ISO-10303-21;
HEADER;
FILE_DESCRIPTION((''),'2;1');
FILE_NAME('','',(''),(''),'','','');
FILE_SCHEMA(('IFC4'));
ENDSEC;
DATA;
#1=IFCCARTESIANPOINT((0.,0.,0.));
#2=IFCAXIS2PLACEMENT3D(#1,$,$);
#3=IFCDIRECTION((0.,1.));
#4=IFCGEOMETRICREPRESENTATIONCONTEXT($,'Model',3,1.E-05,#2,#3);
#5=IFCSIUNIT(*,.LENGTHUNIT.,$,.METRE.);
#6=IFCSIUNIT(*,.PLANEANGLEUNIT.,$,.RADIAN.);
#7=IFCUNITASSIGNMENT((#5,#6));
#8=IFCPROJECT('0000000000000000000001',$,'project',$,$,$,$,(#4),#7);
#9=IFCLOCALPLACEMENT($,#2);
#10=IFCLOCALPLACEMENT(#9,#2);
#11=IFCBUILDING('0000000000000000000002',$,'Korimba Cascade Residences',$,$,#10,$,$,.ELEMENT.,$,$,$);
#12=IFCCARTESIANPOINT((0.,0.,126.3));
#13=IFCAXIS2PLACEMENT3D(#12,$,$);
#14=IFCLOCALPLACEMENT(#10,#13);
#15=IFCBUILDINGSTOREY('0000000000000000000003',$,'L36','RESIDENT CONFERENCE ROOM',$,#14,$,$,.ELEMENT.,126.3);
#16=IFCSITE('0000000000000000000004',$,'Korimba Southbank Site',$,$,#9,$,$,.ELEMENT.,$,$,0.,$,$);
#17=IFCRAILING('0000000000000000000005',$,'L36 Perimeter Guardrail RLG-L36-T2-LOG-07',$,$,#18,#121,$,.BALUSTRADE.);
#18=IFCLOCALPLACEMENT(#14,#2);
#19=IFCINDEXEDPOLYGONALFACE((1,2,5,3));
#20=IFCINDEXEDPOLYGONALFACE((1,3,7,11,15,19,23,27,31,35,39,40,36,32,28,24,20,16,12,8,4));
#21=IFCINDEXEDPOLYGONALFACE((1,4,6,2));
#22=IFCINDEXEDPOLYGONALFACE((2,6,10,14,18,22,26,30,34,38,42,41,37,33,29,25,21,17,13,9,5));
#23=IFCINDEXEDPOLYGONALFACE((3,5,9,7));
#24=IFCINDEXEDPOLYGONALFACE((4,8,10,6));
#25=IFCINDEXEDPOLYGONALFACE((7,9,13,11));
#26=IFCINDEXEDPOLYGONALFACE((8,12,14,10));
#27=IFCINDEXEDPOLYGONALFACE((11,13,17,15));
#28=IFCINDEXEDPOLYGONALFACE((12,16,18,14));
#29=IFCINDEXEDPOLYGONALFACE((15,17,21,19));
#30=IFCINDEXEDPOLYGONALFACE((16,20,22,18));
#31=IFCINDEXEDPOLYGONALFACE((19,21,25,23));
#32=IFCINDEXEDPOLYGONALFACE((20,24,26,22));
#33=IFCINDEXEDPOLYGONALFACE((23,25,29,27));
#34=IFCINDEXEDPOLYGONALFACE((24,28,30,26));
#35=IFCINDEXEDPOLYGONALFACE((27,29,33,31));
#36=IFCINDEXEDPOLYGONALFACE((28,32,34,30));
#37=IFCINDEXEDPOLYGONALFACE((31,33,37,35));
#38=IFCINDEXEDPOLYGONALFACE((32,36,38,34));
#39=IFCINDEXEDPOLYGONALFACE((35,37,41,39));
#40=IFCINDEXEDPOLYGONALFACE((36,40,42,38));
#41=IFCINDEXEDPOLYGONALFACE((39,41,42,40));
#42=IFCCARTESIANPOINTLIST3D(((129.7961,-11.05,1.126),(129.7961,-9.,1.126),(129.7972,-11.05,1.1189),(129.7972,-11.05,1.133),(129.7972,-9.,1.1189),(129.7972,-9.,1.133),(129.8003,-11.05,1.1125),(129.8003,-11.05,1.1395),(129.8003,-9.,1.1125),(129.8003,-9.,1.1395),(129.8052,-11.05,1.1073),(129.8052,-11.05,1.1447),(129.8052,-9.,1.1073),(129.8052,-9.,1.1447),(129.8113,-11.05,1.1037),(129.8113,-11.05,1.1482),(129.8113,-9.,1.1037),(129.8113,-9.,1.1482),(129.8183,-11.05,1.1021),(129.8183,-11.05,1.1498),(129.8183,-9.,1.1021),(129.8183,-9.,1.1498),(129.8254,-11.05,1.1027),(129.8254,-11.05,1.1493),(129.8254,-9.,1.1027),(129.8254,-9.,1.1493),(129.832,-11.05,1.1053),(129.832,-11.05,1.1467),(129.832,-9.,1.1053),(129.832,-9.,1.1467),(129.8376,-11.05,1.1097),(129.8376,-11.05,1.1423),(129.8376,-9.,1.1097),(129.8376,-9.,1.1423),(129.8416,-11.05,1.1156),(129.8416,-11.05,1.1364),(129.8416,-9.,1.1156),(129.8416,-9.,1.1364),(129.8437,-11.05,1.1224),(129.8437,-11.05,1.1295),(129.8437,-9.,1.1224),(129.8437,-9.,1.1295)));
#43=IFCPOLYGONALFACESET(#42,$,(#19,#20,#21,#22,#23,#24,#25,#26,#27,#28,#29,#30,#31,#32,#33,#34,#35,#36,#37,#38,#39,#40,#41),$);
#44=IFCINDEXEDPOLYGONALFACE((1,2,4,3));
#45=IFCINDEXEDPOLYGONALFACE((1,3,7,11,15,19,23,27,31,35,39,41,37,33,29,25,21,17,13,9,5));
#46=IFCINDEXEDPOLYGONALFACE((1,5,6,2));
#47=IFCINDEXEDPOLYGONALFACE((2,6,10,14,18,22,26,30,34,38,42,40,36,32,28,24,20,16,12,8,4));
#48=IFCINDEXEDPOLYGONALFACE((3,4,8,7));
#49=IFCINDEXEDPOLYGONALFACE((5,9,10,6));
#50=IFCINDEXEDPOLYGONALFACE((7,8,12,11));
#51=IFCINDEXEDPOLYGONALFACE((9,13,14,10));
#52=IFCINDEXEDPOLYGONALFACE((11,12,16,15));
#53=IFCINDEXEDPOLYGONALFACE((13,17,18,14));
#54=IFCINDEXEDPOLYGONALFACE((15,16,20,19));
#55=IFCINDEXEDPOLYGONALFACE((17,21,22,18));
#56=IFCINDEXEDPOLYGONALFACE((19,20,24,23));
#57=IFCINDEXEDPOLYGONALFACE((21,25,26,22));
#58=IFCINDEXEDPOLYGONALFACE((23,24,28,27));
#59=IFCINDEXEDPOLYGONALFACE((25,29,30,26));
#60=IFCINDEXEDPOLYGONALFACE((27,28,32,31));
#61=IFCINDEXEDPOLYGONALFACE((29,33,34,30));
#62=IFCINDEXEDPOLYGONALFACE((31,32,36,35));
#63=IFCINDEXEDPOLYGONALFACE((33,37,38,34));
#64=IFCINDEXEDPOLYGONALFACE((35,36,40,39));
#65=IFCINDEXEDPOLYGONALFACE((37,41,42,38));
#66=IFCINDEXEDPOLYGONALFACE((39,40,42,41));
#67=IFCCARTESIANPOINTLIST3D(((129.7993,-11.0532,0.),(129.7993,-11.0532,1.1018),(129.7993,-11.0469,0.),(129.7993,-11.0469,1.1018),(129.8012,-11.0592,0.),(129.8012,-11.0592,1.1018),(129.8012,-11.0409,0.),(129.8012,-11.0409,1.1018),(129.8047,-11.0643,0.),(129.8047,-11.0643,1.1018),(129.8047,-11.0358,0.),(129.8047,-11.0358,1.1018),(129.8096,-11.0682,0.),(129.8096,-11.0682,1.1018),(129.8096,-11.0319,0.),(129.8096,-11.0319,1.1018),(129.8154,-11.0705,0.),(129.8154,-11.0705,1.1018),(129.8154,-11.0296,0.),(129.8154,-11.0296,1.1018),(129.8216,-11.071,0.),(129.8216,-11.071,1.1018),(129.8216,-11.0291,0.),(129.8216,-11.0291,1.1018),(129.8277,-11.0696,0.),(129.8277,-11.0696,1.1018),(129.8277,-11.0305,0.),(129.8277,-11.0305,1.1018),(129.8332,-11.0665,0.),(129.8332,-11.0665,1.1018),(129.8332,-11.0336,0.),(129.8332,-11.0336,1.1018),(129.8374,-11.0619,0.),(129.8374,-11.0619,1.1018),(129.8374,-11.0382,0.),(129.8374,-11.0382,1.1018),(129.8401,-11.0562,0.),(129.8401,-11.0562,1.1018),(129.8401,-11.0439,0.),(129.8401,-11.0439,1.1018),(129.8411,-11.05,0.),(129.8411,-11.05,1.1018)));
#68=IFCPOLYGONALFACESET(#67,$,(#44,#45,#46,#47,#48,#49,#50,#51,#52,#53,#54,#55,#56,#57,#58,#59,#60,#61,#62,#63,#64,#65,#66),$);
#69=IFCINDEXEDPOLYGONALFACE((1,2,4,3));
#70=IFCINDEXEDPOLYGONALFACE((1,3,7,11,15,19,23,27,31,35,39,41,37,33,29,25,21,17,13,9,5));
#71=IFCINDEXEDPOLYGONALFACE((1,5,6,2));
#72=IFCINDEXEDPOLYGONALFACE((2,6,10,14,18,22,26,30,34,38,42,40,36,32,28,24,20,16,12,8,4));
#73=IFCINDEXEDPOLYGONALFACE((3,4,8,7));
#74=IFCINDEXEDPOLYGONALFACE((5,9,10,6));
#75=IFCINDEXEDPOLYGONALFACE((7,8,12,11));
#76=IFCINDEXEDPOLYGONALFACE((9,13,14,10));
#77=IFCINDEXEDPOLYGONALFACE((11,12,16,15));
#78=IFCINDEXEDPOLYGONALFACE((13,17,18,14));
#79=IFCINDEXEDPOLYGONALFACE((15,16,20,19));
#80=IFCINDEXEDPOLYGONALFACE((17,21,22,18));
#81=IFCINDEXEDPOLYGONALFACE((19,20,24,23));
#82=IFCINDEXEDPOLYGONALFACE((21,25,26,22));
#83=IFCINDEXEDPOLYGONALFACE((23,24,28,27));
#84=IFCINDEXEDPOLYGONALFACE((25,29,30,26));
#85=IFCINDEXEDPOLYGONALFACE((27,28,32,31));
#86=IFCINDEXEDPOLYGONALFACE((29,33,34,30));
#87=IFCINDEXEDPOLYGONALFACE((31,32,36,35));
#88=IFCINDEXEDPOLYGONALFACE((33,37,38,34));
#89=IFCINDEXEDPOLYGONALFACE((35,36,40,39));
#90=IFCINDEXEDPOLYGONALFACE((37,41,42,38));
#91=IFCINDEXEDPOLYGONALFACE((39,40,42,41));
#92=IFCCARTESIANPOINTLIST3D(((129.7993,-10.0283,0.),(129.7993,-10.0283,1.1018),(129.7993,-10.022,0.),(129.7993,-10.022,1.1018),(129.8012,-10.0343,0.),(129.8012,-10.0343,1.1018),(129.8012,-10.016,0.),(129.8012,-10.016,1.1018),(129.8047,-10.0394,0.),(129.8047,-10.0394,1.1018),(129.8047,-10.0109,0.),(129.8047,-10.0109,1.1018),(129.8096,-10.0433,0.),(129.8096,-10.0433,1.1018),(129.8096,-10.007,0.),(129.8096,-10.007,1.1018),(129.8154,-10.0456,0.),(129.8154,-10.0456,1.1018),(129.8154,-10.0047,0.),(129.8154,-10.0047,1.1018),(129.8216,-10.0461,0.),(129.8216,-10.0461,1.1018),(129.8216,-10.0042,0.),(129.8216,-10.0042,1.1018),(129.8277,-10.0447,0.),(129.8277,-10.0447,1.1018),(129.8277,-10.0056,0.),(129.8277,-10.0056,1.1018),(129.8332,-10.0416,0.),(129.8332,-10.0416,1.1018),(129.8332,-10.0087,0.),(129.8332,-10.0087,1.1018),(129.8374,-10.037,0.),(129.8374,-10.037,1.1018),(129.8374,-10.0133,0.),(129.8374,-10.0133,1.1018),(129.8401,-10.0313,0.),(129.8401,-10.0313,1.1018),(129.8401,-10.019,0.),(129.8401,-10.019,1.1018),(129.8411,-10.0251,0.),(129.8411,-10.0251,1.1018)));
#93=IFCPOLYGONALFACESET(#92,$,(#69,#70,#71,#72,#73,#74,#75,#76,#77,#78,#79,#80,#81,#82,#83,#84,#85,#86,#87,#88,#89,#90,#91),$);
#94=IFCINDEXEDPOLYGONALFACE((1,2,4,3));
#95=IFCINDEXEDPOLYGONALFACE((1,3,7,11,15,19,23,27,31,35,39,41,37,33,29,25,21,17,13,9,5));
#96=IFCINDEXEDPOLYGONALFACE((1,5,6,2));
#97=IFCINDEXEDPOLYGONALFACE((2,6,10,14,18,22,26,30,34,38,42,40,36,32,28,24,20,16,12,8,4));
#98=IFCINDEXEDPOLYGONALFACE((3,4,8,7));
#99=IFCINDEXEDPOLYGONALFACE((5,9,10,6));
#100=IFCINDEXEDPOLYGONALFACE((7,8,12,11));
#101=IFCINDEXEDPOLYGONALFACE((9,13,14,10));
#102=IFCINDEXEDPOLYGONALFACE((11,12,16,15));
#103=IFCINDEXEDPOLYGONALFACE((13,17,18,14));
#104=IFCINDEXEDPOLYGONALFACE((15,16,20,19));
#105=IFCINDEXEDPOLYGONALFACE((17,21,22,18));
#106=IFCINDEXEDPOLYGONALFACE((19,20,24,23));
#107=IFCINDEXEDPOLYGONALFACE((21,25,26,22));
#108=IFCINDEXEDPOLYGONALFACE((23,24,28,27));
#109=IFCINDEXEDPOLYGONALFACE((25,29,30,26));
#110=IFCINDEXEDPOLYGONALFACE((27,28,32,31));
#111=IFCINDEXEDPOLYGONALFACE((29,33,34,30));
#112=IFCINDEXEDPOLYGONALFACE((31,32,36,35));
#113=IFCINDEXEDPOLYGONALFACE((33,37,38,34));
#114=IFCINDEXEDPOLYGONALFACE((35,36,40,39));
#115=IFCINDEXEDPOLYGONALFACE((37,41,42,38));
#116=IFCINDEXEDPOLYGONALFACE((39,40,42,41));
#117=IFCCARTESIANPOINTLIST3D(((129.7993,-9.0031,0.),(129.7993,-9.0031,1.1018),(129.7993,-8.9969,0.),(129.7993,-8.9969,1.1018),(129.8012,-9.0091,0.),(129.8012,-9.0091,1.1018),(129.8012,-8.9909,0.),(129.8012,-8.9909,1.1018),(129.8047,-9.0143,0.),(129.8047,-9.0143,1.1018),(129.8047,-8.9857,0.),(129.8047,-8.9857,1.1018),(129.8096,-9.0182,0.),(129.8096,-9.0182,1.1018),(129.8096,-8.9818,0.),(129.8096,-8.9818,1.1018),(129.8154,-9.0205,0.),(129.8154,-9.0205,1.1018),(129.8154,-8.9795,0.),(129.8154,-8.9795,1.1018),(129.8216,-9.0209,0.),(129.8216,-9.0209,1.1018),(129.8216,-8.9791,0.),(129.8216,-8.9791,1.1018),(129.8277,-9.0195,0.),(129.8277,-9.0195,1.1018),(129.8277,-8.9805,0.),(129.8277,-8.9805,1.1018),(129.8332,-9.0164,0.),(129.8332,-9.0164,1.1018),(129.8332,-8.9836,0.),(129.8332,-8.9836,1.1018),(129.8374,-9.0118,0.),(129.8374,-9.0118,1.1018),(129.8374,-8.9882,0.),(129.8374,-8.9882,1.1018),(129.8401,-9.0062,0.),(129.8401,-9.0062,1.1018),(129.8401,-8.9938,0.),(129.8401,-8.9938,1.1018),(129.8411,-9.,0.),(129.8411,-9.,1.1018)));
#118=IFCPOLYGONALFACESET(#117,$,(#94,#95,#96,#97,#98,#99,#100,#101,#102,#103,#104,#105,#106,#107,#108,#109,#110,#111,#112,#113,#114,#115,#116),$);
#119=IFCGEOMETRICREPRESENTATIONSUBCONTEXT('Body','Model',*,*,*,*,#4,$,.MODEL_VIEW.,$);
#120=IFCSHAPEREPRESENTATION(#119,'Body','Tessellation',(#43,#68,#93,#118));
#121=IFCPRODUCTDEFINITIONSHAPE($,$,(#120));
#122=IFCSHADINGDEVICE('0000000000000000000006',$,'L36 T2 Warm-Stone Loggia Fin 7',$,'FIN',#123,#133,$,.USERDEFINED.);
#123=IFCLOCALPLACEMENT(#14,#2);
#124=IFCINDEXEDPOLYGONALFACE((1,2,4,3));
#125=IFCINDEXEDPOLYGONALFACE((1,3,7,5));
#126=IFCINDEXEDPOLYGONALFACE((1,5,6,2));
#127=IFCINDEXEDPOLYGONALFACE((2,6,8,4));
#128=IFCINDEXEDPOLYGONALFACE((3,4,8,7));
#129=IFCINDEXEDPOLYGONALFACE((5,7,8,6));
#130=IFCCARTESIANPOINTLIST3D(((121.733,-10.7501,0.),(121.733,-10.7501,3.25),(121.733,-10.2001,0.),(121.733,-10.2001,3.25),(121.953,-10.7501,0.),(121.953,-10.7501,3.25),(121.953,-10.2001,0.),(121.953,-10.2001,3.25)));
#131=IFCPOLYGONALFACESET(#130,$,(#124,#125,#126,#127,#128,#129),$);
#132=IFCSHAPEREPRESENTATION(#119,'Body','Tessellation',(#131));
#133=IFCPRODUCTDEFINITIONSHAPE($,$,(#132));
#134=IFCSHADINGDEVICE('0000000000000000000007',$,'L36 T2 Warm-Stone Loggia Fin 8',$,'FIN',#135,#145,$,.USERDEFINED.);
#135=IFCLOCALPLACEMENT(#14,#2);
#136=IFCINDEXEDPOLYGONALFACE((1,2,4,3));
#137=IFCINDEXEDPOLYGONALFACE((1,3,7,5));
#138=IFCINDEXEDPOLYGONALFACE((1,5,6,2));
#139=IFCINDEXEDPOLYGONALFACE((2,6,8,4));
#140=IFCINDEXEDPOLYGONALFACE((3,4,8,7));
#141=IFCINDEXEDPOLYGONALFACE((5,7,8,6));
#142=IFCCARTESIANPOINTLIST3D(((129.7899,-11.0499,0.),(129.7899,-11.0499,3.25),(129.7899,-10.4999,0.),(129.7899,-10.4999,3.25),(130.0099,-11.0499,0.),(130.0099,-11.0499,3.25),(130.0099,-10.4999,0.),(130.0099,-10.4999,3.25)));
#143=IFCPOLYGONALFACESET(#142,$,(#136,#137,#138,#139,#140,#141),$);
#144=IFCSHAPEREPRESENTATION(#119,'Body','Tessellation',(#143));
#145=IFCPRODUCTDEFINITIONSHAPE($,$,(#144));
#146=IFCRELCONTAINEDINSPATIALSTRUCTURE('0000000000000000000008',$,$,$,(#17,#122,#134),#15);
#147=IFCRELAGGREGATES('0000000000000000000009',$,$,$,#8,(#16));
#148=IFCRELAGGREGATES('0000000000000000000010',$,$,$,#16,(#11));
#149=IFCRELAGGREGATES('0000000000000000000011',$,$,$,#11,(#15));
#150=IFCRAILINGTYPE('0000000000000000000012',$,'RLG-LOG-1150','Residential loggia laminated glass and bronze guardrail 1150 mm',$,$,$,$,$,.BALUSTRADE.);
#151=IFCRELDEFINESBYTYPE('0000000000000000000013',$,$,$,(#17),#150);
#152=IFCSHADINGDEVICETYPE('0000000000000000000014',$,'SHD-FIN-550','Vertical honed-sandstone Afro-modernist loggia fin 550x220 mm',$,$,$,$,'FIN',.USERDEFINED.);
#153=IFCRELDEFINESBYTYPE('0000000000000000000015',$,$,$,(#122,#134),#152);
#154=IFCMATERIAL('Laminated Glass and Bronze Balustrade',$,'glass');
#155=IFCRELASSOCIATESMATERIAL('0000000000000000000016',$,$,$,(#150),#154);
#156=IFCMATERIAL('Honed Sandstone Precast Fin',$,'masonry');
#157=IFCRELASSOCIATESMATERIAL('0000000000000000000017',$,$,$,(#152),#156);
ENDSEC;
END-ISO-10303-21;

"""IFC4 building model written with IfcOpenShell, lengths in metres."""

from ifc_helpers import new_model, si_unit, direction, frame, origin, origin_2d, place, context, subcontext, project, spatial, rectangle, circle, extrude, material, type_object, element, save


model = new_model("IFC4")

# Units and contexts
model_context = context("Model", 3, precision=1e-05, world=origin(), true_north=direction((0.0, 1.0)))
body_context = subcontext(model_context, "Body", "Model", "MODEL_VIEW")
ifc_project = project(units=[si_unit("LENGTHUNIT", "METRE"), si_unit("PLANEANGLEUNIT", "RADIAN")], contexts=[model_context])

# Site, building, storey
site_placement = place(None, origin())
site = spatial("IfcSite", under=ifc_project, at=site_placement, Name="Korimba Southbank Site", CompositionType="ELEMENT", RefElevation=0.0)
building_placement = place(site_placement, origin())
building = spatial("IfcBuilding", under=site, at=building_placement, Name="Korimba Cascade Residences", CompositionType="ELEMENT")
storey_placement = place(building_placement, frame((0.0, 0.0, 126.3)))
storey = spatial("IfcBuildingStorey", under=building, at=storey_placement, Name="L36", Description="RESIDENT CONFERENCE ROOM", CompositionType="ELEMENT", Elevation=126.3)

# Railing
ifc_material_1 = material(Name="Laminated Glass and Bronze Balustrade", Category="glass")
railing_type = type_object("IfcRailingType", Name="RLG-LOG-1150", Description="Residential loggia laminated glass and bronze guardrail 1150 mm", PredefinedType="BALUSTRADE", material=ifc_material_1)
railing_1_placement = place(storey_placement, frame((129.8201, -11.05, 0.0)))
element("IfcRailing", 1, at=railing_1_placement, inside=storey, type_object=railing_type, Name="L36 Perimeter Guardrail RLG-L36-T2-LOG-07", PredefinedType="BALUSTRADE", context=body_context, shape_type="SweptSolid", body=[
    extrude(circle(Radius=0.0239, at=origin_2d()), frame((0.0, 0.0, 1.126), z_axis=(0.0, 1.0, 0.0), x_axis=(-1.0, 0.0, 0.0)), (0.0, 0.0, 1.0), 2.05),
    extrude(circle(Radius=0.021, at=origin_2d()), origin(), (0.0, 0.0, 1.0), 1.1018),
    extrude(circle(Radius=0.021, at=origin_2d()), frame((0.0, 1.0249, 0.0)), (0.0, 0.0, 1.0), 1.1018),
    extrude(circle(Radius=0.021, at=origin_2d()), frame((0.0, 2.05, 0.0)), (0.0, 0.0, 1.0), 1.1018),
])

# Shading devices
ifc_material_2 = material(Name="Honed Sandstone Precast Fin", Category="masonry")
shading_device_type = type_object("IfcShadingDeviceType", Name="SHD-FIN-550", Description="Vertical honed-sandstone Afro-modernist loggia fin 550x220 mm", ElementType="FIN", PredefinedType="USERDEFINED", material=ifc_material_2)
for number, where, z_axis, x_axis, name in (
    (2, (121.843, -10.4751, 0.0), (0.0, 0.0, 1.0), (1.0, 0.0, 0.0), "L36 T2 Warm-Stone Loggia Fin 7"),
    (3, (129.8999, -10.7749, 0.0), (0.0, 0.0, 1.0), (1.0, 0.0, 0.0), "L36 T2 Warm-Stone Loggia Fin 8"),
):
    element("IfcShadingDevice", number, at=place(storey_placement, frame(where, z_axis=z_axis, x_axis=x_axis)), inside=storey, type_object=shading_device_type, Name=name, ObjectType="FIN", PredefinedType="USERDEFINED", context=body_context, shape_type="SweptSolid", body=[
        extrude(rectangle(XDim=0.22, YDim=0.55, at=origin_2d()), origin(), (0.0, 0.0, 1.0), 3.25),
    ])

save(model, "model.ifc")
